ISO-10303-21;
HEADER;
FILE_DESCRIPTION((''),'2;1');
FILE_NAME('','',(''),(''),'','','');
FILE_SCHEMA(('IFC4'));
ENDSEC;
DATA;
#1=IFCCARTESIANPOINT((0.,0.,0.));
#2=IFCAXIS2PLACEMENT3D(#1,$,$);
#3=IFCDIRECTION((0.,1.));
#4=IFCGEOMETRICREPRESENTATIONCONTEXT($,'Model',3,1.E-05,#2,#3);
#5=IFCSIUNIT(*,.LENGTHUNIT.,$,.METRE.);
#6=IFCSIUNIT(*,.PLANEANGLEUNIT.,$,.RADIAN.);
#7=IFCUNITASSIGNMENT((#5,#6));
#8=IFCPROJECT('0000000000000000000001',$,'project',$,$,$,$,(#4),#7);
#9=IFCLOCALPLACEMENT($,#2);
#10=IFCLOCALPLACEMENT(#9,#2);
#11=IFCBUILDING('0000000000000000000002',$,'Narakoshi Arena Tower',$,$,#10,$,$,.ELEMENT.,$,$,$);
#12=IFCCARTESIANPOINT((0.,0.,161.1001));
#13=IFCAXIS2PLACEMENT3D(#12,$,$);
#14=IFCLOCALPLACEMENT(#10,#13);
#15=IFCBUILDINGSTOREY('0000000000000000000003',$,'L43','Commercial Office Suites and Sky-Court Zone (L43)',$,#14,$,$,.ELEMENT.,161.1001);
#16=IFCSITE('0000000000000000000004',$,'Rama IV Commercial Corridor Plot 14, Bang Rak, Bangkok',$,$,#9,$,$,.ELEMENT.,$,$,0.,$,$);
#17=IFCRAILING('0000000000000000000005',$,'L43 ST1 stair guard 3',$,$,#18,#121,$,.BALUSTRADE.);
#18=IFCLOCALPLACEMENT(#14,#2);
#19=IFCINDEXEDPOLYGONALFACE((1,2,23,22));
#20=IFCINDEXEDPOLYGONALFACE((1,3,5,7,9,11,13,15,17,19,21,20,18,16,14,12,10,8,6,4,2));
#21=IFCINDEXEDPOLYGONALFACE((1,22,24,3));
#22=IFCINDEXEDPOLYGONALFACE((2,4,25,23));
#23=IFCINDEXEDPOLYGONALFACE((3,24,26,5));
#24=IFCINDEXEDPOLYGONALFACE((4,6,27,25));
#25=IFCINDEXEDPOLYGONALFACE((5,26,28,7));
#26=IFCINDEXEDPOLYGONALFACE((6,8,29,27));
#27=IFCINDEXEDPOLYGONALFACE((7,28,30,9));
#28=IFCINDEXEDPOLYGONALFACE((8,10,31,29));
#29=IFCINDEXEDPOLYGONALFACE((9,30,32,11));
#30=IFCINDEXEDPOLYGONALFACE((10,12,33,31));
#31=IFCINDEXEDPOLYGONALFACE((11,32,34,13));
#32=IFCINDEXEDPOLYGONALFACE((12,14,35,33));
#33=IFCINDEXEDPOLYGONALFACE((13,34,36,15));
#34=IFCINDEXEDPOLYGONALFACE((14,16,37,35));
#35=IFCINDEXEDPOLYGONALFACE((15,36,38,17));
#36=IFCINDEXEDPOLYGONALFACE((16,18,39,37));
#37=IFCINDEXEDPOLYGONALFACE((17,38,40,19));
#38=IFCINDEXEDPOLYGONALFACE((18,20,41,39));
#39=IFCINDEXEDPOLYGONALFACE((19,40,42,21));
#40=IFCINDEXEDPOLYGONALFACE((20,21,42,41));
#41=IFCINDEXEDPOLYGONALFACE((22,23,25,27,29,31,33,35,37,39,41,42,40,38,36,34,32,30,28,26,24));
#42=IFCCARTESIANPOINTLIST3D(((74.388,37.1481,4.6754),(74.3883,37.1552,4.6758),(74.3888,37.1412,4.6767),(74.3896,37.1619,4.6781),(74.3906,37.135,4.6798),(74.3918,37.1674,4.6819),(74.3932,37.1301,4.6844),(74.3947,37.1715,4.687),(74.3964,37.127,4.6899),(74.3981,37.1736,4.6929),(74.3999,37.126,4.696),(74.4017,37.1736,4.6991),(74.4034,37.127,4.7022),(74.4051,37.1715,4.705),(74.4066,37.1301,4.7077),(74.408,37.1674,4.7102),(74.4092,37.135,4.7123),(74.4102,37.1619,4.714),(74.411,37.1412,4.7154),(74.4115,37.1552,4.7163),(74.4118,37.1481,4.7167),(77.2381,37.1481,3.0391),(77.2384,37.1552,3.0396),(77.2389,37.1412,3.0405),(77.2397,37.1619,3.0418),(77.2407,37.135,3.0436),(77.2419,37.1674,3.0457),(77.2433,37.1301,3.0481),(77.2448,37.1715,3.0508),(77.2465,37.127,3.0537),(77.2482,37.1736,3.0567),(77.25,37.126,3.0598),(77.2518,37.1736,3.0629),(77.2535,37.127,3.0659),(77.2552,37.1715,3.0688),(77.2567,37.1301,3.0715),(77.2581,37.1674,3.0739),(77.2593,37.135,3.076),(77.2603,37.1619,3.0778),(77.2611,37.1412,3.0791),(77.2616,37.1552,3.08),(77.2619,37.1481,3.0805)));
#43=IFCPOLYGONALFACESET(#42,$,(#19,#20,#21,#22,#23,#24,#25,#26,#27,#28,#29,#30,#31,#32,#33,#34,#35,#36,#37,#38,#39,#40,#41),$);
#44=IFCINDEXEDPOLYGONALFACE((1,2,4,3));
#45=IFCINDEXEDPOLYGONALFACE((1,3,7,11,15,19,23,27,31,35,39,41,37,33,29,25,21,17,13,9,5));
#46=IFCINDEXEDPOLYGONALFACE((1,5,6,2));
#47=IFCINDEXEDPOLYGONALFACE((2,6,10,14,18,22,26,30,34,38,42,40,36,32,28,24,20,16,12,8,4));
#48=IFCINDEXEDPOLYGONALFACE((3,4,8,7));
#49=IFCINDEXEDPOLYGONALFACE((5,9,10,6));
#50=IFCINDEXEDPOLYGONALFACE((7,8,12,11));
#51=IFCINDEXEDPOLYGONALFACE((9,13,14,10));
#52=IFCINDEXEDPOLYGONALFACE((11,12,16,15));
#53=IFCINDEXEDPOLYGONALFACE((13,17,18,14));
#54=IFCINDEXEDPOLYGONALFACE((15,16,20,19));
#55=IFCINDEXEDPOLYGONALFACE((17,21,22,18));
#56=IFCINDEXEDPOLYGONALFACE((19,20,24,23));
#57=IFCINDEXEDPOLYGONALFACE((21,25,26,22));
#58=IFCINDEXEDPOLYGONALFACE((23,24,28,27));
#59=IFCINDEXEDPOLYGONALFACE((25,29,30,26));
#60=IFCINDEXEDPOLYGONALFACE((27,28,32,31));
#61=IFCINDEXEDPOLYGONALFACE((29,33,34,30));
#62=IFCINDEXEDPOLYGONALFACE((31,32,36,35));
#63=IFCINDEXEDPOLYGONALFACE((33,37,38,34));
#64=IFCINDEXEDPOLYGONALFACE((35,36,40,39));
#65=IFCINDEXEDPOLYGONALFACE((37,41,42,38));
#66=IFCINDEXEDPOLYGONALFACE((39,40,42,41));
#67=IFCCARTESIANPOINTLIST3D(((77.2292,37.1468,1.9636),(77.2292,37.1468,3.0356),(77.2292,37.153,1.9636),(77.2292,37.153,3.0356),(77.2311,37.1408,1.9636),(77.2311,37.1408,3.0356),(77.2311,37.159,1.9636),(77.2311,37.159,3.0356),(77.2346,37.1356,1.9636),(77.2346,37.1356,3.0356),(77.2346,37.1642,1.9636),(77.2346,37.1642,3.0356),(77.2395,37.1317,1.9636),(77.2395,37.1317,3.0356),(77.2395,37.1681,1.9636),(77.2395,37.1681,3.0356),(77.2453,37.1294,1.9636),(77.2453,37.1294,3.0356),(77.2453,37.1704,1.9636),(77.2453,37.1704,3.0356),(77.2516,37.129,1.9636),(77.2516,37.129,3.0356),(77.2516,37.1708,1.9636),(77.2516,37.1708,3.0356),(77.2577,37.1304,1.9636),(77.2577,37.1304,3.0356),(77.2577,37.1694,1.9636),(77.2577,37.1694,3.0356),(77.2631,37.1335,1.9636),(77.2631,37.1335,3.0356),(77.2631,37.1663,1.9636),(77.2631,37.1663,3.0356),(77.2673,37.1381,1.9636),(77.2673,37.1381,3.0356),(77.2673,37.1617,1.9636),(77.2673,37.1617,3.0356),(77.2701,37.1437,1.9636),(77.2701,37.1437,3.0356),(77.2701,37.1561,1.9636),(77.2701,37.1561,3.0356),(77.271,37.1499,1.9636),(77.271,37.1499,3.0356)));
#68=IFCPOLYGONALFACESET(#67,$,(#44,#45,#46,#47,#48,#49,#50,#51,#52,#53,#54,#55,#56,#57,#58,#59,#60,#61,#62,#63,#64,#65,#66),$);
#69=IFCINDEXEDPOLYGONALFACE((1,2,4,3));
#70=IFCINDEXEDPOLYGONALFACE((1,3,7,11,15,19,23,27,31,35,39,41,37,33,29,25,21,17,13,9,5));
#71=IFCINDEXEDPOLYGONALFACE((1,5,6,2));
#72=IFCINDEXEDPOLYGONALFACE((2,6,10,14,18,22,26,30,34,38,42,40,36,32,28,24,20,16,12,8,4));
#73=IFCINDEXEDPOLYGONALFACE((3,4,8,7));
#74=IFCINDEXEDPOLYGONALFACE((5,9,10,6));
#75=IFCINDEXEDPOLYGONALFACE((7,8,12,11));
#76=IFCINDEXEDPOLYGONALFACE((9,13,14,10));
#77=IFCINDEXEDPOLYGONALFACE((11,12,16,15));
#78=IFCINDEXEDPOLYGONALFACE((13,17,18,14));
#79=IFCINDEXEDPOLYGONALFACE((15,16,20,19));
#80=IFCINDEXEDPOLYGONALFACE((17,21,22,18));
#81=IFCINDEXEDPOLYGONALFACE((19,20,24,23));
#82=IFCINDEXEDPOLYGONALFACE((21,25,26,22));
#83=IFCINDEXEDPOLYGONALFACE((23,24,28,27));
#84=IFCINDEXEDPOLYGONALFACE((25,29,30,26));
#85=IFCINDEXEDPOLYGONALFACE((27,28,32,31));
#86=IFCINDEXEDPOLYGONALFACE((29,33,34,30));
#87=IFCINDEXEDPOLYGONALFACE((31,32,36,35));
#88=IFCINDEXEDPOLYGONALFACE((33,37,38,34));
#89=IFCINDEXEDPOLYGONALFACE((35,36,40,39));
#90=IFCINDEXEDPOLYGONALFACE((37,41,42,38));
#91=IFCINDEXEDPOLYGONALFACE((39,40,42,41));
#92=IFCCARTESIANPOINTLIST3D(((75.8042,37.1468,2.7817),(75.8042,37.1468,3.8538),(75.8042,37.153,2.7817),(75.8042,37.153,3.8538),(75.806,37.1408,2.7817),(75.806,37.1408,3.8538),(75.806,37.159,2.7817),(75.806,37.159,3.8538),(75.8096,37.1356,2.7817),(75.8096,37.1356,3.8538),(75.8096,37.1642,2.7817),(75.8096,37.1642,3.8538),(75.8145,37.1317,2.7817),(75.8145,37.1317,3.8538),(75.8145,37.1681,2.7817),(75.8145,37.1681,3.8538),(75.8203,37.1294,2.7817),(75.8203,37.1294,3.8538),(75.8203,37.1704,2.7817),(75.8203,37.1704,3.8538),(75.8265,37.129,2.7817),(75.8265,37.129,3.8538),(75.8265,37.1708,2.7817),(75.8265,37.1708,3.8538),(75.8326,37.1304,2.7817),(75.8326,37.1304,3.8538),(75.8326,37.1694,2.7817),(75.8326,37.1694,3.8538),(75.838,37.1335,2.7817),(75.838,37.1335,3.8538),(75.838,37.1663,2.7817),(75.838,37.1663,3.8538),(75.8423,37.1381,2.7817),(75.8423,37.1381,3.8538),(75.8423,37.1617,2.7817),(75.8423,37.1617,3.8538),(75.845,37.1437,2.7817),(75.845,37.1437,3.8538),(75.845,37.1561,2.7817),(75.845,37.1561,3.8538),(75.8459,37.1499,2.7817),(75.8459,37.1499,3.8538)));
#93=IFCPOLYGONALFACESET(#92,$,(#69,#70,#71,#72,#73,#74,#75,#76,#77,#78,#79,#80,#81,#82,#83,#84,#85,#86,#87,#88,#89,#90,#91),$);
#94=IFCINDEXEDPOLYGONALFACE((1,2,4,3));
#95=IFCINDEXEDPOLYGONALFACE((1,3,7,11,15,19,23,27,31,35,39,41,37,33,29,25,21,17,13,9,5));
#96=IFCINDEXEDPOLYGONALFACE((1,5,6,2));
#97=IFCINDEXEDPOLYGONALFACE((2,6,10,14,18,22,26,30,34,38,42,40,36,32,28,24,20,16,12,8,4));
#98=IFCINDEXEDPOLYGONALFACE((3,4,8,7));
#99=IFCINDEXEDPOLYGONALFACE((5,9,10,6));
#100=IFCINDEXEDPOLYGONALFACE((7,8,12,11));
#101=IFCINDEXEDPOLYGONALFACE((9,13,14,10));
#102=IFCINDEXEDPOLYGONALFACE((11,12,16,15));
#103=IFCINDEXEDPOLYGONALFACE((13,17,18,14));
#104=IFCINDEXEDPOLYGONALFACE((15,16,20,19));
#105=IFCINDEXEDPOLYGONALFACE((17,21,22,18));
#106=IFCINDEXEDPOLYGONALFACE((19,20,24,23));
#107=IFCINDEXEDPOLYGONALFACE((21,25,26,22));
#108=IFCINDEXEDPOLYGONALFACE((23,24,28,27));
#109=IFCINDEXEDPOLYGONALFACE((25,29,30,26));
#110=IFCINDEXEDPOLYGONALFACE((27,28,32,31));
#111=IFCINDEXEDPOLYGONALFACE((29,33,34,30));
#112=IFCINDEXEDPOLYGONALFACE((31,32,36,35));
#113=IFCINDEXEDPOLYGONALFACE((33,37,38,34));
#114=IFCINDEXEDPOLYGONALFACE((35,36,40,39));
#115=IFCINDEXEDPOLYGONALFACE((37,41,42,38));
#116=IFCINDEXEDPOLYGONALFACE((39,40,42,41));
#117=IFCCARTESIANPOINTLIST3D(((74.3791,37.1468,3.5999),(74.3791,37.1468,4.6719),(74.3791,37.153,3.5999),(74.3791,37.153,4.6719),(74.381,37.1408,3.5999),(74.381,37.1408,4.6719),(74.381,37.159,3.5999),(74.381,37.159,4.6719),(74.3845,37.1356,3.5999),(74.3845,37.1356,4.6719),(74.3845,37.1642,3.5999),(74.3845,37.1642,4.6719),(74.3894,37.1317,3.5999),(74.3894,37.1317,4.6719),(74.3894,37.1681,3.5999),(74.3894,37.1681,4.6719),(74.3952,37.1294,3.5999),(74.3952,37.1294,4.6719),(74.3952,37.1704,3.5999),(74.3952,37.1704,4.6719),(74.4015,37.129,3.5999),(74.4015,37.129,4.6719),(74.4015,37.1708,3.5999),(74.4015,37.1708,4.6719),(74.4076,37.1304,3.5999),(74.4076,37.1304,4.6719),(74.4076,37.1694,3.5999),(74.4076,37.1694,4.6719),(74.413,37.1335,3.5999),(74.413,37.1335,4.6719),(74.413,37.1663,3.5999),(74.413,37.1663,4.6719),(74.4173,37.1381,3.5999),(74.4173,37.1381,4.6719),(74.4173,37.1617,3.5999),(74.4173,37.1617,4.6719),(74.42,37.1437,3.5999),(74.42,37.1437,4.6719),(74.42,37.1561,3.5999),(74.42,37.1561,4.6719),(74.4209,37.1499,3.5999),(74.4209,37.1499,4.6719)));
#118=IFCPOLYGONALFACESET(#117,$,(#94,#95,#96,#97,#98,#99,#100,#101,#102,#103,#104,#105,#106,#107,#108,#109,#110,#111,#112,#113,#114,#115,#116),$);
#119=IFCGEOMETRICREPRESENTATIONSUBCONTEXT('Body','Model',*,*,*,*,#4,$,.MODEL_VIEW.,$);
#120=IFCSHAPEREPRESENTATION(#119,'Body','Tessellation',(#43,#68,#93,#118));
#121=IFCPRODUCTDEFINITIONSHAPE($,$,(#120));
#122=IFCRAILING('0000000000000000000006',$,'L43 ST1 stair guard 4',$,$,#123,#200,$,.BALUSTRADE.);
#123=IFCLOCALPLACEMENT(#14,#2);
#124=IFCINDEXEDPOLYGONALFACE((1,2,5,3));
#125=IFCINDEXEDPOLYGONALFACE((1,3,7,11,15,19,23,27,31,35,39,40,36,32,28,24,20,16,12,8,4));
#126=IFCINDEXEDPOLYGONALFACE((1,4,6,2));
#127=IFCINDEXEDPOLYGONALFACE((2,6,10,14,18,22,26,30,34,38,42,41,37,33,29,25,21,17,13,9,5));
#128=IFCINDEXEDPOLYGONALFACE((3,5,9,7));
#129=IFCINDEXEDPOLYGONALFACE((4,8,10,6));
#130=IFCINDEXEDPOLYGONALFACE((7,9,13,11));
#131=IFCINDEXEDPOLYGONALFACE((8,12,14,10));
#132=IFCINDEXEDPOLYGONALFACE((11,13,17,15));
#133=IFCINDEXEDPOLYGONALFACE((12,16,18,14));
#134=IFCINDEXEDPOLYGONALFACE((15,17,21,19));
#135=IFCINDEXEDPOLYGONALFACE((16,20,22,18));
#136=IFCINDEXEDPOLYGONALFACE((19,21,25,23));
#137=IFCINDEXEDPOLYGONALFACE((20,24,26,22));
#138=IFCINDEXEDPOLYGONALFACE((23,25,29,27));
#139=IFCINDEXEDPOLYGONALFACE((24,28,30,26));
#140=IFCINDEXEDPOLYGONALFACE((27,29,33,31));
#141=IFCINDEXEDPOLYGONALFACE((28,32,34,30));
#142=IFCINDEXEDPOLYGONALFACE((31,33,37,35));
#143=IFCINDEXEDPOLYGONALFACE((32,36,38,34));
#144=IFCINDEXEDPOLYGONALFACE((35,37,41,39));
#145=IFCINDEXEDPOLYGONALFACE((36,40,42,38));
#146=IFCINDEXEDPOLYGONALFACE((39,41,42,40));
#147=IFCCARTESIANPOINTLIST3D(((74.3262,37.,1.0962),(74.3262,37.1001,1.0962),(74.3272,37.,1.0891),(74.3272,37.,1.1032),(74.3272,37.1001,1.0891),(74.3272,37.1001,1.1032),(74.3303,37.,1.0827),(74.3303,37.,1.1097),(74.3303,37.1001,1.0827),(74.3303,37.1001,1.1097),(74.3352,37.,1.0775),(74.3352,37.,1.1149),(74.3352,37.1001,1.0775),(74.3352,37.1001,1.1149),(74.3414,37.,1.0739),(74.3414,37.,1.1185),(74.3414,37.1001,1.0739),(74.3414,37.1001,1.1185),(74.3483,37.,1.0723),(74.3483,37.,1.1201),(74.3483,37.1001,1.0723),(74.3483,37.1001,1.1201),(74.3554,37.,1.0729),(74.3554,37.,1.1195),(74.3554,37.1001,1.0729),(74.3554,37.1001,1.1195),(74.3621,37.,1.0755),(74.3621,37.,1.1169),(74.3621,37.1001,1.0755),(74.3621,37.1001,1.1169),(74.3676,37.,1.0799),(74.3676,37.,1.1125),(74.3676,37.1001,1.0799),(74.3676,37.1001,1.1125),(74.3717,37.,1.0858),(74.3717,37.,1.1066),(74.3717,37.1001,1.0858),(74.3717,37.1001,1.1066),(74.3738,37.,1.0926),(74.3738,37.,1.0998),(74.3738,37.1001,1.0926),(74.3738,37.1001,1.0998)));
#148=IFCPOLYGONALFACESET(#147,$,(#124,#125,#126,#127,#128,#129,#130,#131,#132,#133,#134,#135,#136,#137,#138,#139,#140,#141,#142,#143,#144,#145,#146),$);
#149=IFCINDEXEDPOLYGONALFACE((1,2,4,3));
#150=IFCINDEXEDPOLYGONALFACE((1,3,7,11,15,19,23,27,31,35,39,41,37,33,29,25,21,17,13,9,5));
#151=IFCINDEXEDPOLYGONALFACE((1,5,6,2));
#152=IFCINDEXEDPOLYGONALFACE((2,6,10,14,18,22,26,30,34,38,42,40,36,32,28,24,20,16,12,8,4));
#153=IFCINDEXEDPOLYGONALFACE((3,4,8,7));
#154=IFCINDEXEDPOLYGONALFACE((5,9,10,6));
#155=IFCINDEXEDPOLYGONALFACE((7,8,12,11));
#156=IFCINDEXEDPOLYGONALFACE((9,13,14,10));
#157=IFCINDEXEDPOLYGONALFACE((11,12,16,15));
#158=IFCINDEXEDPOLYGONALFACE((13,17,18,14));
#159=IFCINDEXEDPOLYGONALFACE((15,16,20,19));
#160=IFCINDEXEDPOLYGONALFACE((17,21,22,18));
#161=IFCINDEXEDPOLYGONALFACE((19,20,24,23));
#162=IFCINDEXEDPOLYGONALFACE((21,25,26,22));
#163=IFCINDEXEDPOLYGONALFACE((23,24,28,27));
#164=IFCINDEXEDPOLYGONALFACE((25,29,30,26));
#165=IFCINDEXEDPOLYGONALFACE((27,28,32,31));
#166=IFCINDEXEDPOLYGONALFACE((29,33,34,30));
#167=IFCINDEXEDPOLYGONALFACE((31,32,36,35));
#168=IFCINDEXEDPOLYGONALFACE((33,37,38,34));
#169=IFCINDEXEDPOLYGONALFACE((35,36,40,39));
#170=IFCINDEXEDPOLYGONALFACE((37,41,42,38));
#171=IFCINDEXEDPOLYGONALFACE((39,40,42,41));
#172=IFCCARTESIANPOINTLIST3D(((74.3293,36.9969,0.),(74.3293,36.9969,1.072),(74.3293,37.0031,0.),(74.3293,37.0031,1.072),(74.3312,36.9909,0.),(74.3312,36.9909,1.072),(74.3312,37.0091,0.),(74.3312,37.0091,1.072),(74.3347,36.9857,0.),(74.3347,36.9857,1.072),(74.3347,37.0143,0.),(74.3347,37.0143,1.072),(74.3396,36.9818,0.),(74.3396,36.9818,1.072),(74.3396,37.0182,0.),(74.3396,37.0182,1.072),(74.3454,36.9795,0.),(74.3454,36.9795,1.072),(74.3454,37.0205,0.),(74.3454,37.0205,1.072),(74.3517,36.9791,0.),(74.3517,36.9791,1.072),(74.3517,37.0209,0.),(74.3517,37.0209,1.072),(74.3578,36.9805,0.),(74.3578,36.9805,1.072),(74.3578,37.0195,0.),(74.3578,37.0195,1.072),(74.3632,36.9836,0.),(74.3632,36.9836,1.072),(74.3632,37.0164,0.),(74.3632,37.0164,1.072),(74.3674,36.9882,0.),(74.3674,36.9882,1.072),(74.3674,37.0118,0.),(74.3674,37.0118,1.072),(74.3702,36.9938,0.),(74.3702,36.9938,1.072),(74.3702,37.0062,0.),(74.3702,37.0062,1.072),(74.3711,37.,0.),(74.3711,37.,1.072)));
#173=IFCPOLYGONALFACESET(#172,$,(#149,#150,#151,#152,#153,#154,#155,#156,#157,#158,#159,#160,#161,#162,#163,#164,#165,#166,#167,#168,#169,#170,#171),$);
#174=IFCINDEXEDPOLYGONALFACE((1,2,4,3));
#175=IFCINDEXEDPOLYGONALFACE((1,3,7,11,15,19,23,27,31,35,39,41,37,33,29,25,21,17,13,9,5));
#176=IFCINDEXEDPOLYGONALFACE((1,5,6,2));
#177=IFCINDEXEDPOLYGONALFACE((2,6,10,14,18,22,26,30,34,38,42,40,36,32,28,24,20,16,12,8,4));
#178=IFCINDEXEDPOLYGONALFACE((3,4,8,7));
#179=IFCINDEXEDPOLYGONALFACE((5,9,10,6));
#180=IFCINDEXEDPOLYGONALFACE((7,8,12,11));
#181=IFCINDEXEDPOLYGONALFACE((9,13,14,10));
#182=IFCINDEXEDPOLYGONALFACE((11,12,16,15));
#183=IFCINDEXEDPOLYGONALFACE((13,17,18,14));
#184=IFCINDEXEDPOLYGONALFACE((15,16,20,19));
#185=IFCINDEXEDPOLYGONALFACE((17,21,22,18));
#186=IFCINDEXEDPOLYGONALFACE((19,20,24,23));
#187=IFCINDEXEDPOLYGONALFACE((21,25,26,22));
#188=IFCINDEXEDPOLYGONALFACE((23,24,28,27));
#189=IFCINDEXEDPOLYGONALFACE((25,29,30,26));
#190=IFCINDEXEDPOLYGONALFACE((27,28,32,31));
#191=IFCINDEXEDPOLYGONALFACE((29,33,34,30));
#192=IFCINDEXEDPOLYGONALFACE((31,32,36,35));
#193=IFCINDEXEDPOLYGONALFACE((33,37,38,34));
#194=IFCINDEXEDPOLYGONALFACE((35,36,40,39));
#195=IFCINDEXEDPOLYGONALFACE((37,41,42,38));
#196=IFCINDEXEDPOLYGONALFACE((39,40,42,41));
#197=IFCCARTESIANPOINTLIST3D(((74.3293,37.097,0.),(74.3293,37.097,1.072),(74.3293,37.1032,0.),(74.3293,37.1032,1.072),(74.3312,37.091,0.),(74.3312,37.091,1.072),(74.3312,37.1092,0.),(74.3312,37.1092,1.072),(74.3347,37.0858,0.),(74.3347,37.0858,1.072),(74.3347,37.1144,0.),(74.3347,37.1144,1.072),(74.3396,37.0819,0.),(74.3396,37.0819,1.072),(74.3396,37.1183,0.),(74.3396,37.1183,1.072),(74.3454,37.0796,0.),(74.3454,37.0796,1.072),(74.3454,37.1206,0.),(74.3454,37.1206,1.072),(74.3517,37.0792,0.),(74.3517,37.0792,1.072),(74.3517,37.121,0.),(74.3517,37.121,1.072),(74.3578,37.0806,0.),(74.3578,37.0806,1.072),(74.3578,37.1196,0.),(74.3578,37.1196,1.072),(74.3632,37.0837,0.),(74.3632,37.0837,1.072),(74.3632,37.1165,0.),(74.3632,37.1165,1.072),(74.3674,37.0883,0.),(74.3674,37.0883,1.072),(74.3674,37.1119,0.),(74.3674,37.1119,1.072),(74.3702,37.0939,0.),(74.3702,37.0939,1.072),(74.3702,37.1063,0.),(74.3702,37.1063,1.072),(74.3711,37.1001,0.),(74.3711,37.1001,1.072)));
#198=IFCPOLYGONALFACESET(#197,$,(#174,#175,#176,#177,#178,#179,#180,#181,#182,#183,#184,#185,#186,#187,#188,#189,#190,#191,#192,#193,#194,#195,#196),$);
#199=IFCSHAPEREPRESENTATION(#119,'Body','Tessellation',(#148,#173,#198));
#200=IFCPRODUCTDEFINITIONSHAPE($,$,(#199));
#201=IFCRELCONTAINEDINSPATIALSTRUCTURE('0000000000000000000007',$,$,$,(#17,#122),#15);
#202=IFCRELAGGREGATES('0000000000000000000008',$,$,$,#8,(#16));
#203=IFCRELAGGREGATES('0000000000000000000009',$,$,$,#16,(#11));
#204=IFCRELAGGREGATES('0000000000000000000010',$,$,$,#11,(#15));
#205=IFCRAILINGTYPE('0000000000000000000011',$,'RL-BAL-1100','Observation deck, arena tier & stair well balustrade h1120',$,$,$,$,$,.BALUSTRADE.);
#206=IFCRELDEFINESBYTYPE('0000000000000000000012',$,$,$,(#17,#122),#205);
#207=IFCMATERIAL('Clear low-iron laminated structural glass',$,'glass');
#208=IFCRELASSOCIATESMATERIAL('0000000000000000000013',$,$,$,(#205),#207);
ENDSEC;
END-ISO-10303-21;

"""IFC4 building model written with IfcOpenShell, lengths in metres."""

from ifc_helpers import new_model, si_unit, direction, frame, origin, origin_2d, place, context, subcontext, project, spatial, circle, extrude, material, type_object, element, save


model = new_model("IFC4")

# Units and contexts
model_context = context("Model", 3, precision=1e-05, world=origin(), true_north=direction((0.0, 1.0)))
body_context = subcontext(model_context, "Body", "Model", "MODEL_VIEW")
ifc_project = project(units=[si_unit("LENGTHUNIT", "METRE"), si_unit("PLANEANGLEUNIT", "RADIAN")], contexts=[model_context])

# Site, building, storey
site_placement = place(None, origin())
site = spatial("IfcSite", under=ifc_project, at=site_placement, Name="Rama IV Commercial Corridor Plot 14, Bang Rak, Bangkok", CompositionType="ELEMENT", RefElevation=0.0)
building_placement = place(site_placement, origin())
building = spatial("IfcBuilding", under=site, at=building_placement, Name="Narakoshi Arena Tower", CompositionType="ELEMENT")
storey_placement = place(building_placement, frame((0.0, 0.0, 161.1001)))
storey = spatial("IfcBuildingStorey", under=building, at=storey_placement, Name="L43", Description="Commercial Office Suites and Sky-Court Zone (L43)", CompositionType="ELEMENT", Elevation=161.1001)

# Railings
ifc_material_1 = material(Name="Clear low-iron laminated structural glass", Category="glass")
railing_type_1 = type_object("IfcRailingType", Name="RL-BAL-1100", Description="Observation deck, arena tier & stair well balustrade h1120", PredefinedType="BALUSTRADE", material=ifc_material_1)
railing_1_placement = place(storey_placement, frame((77.25, 37.1499, 1.9636)))
element("IfcRailing", 1, at=railing_1_placement, inside=storey, type_object=railing_type_1, Name="L43 ST1 stair guard 3", PredefinedType="BALUSTRADE", context=body_context, shape_type="SweptSolid", body=[
    extrude(circle(Radius=0.0239, at=origin_2d()), frame((0.0, 0.0, 1.0962), z_axis=(-0.867245, 0.0, 0.497882), x_axis=(0.0, -1.0, 0.0)), (0.0, 0.0, 1.0), 3.2864),
    extrude(circle(Radius=0.021, at=origin_2d()), origin(), (0.0, 0.0, 1.0), 1.072),
    extrude(circle(Radius=0.021, at=origin_2d()), frame((-1.425, 0.0, 0.8181)), (0.0, 0.0, 1.0), 1.072),
    extrude(circle(Radius=0.021, at=origin_2d()), frame((-2.8501, 0.0, 1.6362)), (0.0, 0.0, 1.0), 1.072),
])
railing_2_placement = place(storey_placement, frame((74.3501, 37.0, 0.0)))
element("IfcRailing", 2, at=railing_2_placement, inside=storey, type_object=railing_type_1, Name="L43 ST1 stair guard 4", PredefinedType="BALUSTRADE", context=body_context, shape_type="SweptSolid", body=[
    extrude(circle(Radius=0.0239, at=origin_2d()), frame((0.0, 0.0, 1.0962), z_axis=(0.0, 1.0, 0.0), x_axis=(-1.0, 0.0, 0.0)), (0.0, 0.0, 1.0), 0.1001),
    extrude(circle(Radius=0.021, at=origin_2d()), origin(), (0.0, 0.0, 1.0), 1.072),
    extrude(circle(Radius=0.021, at=origin_2d()), frame((0.0, 0.1001, 0.0)), (0.0, 0.0, 1.0), 1.072),
])

save(model, "model.ifc")
